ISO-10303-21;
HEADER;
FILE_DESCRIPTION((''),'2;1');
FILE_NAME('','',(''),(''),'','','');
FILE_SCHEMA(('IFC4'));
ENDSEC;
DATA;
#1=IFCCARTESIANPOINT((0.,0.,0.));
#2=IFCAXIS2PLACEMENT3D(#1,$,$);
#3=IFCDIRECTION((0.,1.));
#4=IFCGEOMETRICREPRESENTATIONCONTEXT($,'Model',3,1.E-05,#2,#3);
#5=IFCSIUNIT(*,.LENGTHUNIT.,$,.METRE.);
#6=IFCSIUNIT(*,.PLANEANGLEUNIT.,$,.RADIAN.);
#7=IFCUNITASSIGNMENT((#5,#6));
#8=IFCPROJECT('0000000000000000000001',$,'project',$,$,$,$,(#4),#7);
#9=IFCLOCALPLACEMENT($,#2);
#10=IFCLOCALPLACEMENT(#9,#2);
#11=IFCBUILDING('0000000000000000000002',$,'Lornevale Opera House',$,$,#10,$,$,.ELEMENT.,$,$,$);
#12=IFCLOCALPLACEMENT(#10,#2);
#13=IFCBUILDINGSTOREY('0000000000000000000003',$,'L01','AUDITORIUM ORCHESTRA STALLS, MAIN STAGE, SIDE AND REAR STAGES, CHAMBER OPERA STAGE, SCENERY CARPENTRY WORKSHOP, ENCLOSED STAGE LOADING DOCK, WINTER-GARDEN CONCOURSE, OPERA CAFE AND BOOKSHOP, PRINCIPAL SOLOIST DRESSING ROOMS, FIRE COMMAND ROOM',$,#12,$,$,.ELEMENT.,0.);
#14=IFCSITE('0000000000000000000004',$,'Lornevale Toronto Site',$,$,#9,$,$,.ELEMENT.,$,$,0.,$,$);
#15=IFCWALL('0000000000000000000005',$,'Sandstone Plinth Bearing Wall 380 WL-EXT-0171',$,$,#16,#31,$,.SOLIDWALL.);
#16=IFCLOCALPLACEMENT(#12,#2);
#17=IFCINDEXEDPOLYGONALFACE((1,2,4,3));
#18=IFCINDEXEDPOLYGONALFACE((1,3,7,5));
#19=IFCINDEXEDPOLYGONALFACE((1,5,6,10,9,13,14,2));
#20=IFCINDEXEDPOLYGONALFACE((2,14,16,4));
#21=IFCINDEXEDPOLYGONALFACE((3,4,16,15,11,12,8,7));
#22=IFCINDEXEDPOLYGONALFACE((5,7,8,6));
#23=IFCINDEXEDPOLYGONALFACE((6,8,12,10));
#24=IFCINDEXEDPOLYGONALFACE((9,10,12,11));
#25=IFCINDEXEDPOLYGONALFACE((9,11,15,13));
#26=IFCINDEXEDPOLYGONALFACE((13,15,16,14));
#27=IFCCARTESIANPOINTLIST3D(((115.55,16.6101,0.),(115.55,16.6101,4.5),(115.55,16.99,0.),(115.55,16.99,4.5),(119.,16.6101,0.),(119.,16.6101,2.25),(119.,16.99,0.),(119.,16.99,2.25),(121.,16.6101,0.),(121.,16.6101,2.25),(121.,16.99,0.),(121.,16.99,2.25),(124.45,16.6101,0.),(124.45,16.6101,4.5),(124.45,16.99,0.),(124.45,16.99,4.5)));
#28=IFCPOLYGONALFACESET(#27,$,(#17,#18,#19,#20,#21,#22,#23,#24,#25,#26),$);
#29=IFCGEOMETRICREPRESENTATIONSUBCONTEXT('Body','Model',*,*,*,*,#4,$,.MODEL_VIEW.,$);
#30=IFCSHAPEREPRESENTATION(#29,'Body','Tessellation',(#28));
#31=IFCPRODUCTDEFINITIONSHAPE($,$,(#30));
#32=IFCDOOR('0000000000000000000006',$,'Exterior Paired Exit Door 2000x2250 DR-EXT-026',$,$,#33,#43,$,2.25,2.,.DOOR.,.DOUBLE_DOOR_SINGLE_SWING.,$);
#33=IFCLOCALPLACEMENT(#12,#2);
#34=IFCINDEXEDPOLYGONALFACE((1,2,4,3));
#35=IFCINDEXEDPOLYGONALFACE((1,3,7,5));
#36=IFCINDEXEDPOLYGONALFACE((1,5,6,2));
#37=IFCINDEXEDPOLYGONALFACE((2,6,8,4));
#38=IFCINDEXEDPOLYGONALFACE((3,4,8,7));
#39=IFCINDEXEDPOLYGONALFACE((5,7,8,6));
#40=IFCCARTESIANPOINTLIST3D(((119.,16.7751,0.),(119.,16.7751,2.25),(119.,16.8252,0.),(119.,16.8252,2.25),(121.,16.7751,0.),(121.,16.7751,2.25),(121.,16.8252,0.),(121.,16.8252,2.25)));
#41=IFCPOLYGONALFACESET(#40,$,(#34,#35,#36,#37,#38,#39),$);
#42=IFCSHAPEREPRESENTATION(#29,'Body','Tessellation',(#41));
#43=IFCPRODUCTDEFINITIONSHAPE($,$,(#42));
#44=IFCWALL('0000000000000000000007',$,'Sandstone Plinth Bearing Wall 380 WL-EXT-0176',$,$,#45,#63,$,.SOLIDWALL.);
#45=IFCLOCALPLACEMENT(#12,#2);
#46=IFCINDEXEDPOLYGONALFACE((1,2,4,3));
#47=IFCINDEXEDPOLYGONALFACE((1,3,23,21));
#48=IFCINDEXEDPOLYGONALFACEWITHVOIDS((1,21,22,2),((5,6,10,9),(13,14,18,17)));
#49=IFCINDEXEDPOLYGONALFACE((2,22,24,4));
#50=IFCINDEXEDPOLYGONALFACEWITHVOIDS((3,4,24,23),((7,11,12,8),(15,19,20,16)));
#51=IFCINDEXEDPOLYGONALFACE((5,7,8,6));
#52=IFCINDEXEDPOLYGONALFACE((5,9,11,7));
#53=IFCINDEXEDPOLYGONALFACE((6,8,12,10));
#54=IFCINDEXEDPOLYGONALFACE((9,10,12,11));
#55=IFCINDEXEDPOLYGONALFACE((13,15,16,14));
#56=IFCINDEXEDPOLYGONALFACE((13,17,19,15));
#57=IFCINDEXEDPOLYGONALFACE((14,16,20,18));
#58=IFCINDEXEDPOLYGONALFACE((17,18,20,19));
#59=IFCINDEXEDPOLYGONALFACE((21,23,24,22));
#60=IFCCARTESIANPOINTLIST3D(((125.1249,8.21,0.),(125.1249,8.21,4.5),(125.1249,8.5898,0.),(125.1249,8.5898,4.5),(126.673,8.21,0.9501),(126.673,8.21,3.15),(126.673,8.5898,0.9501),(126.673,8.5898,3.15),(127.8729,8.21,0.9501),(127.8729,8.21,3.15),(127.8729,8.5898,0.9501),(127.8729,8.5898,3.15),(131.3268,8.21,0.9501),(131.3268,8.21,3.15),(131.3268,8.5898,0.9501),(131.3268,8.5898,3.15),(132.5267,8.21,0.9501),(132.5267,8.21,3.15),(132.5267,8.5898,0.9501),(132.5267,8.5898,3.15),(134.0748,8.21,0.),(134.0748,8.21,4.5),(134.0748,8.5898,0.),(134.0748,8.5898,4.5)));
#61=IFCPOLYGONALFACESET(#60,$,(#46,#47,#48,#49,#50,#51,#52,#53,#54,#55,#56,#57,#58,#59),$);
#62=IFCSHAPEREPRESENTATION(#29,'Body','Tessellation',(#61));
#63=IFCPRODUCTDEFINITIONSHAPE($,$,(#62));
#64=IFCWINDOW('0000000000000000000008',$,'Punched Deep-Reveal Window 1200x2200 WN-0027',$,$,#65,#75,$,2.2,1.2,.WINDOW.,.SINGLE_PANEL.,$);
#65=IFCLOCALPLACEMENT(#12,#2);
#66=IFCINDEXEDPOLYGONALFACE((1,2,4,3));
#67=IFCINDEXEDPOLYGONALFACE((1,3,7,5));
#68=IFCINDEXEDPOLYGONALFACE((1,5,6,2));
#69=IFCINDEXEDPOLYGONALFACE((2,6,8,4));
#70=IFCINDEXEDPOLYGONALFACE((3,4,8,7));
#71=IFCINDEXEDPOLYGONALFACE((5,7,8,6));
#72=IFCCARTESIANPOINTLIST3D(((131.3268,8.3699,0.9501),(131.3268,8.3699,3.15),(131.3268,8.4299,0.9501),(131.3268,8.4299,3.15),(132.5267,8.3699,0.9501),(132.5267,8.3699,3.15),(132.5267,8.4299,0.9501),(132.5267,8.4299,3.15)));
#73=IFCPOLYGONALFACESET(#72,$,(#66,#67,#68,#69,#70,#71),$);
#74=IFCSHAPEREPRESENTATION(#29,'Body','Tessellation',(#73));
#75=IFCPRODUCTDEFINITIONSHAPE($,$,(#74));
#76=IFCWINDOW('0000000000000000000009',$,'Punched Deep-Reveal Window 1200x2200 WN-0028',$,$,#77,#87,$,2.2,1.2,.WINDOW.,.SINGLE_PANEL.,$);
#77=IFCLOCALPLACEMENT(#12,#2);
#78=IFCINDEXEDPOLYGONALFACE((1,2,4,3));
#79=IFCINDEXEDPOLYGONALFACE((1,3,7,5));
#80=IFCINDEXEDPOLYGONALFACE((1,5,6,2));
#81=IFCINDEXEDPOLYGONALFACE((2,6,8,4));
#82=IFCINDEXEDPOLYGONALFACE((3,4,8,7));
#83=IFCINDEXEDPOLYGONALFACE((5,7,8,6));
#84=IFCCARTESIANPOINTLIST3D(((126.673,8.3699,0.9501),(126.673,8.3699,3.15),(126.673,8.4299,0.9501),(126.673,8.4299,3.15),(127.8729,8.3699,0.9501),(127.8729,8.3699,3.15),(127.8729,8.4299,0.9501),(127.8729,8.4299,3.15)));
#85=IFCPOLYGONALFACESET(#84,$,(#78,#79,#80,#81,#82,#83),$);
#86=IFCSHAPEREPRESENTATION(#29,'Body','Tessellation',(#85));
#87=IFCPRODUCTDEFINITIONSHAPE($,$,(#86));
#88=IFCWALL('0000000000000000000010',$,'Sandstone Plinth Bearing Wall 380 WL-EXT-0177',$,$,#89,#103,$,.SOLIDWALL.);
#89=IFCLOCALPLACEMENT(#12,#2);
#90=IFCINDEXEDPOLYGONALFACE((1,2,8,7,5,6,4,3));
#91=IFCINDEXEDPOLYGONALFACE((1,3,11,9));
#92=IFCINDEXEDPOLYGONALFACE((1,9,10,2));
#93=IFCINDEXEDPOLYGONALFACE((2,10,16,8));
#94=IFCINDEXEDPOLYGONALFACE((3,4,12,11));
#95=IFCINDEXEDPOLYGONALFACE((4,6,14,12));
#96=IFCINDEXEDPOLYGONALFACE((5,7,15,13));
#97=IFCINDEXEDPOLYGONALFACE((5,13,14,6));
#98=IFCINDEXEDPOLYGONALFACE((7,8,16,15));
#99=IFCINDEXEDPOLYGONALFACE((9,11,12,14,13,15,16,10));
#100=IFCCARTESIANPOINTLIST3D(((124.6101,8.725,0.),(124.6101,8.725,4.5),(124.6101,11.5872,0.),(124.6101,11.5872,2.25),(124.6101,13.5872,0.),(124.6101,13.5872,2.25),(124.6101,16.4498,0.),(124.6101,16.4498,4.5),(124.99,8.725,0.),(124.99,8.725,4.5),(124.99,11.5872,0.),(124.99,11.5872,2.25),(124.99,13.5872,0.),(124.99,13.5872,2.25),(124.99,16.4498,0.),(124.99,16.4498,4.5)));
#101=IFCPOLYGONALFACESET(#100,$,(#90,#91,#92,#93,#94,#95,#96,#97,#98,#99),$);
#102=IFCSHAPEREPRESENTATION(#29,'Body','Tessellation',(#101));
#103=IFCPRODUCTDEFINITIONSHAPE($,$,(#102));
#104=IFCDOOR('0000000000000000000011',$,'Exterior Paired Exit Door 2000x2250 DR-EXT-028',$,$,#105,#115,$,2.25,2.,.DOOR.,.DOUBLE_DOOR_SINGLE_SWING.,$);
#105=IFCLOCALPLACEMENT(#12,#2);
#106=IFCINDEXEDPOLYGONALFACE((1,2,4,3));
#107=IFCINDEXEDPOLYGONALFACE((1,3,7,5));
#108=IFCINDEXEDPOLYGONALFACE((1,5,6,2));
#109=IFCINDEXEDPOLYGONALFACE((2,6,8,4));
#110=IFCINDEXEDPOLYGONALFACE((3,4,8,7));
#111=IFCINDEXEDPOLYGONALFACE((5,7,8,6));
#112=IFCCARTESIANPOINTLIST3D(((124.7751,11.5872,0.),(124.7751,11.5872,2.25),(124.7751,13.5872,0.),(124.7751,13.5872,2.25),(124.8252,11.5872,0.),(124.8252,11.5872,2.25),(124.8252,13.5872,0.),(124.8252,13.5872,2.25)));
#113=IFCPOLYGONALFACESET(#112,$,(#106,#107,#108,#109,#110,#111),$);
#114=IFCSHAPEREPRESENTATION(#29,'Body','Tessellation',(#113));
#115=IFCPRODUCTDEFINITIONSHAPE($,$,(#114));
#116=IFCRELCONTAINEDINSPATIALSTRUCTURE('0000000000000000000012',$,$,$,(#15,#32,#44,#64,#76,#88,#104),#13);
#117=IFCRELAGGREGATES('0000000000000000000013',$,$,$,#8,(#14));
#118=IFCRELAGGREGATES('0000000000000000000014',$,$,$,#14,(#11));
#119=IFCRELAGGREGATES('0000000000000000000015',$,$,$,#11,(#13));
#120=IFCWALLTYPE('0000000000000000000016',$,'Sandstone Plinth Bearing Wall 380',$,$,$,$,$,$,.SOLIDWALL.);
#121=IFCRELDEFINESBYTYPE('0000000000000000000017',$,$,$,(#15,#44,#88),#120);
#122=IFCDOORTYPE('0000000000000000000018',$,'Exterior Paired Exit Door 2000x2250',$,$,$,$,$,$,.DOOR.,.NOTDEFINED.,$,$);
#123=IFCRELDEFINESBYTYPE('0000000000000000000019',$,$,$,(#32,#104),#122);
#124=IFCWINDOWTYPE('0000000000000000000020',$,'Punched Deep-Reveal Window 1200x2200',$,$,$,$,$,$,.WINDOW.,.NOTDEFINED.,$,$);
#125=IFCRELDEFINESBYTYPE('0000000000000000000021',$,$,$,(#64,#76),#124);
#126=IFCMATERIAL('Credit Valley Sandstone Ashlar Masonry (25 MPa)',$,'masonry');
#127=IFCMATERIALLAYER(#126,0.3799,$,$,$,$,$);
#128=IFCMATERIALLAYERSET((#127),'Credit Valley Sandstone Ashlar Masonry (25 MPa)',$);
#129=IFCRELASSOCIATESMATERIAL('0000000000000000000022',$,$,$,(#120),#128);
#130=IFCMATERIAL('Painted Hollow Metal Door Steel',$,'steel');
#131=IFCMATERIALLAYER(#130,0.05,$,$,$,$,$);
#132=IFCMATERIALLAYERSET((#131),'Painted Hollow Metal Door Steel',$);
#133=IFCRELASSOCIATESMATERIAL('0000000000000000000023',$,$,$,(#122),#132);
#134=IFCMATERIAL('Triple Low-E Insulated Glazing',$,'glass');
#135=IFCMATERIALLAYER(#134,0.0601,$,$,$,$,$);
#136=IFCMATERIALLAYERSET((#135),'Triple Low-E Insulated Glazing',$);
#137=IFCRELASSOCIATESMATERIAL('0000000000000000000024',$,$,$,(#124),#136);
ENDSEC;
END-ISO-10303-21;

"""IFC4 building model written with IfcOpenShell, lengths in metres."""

from ifc_helpers import new_model, si_unit, direction, frame, frame_2d, origin, place, context, subcontext, project, spatial, rectangle, extrude, material, layer, layer_set, type_object, element, fill, save


model = new_model("IFC4")

# Units and contexts
model_context = context("Model", 3, precision=1e-05, world=origin(), true_north=direction((0.0, 1.0)))
body_context = subcontext(model_context, "Body", "Model", "MODEL_VIEW")
ifc_project = project(units=[si_unit("LENGTHUNIT", "METRE"), si_unit("PLANEANGLEUNIT", "RADIAN")], contexts=[model_context])

# Site, building, storey
site_placement = place(None, origin())
site = spatial("IfcSite", under=ifc_project, at=site_placement, Name="Lornevale Toronto Site", CompositionType="ELEMENT", RefElevation=0.0)
building_placement = place(site_placement, origin())
building = spatial("IfcBuilding", under=site, at=building_placement, Name="Lornevale Opera House", CompositionType="ELEMENT")
storey_placement = place(building_placement, origin())
storey = spatial("IfcBuildingStorey", under=building, at=storey_placement, Name="L01", Description="AUDITORIUM ORCHESTRA STALLS, MAIN STAGE, SIDE AND REAR STAGES, CHAMBER OPERA STAGE, SCENERY CARPENTRY WORKSHOP, ENCLOSED STAGE LOADING DOCK, WINTER-GARDEN CONCOURSE, OPERA CAFE AND BOOKSHOP, PRINCIPAL SOLOIST DRESSING ROOMS, FIRE COMMAND ROOM", CompositionType="ELEMENT", Elevation=0.0)

# Shared definitions
ifc_material_1 = material(Name="Triple Low-E Insulated Glazing", Category="glass")

# Wall, opening, door
ifc_material_2 = material(Name="Credit Valley Sandstone Ashlar Masonry (25 MPa)", Category="masonry")
ifc_layer_1 = layer(ifc_material_2, 0.3799)
ifc_layer_set_1 = layer_set([ifc_layer_1], Name="Credit Valley Sandstone Ashlar Masonry (25 MPa)")
wall_type = type_object("IfcWallType", Name="Sandstone Plinth Bearing Wall 380", PredefinedType="SOLIDWALL", material=ifc_layer_set_1)
wall_1_placement = place(storey_placement, frame((124.45, 16.8, 0.0), z_axis=(0.0, 0.0, 1.0), x_axis=(-1.0, 0.0, 0.0)))
wall_1 = element("IfcWall", 1, at=wall_1_placement, inside=storey, type_object=wall_type, Name="Sandstone Plinth Bearing Wall 380 WL-EXT-0171", PredefinedType="SOLIDWALL", context=body_context, shape_type="SweptSolid", body=[
    extrude(rectangle(XDim=8.8999, YDim=0.3799, at=frame_2d((4.45, 0.0))), origin(), (0.0, 0.0, 1.0), 4.5),
])
opening_1_placement = place(wall_1_placement, frame((3.45, 0.0, 0.0)))
opening_1 = element("IfcOpeningElement", 2, at=opening_1_placement, cuts=wall_1, PredefinedType="OPENING", context=body_context, shape_type="SweptSolid", body=[
    extrude(rectangle(XDim=2.0, YDim=2.25, at=frame_2d((1.0, 1.125))), frame((0.0, 0.2, 0.0), z_axis=(0.0, -1.0, 0.0), x_axis=(1.0, 0.0, 0.0)), (0.0, 0.0, 1.0), 0.3999),
])
ifc_material_3 = material(Name="Painted Hollow Metal Door Steel", Category="steel")
ifc_layer_2 = layer(ifc_material_3, 0.05)
ifc_layer_set_2 = layer_set([ifc_layer_2], Name="Painted Hollow Metal Door Steel")
door_type = type_object("IfcDoorType", Name="Exterior Paired Exit Door 2000x2250", OperationType="NOTDEFINED", PredefinedType="DOOR", material=ifc_layer_set_2)
door_1_placement = place(opening_1_placement, origin())
door_1 = element("IfcDoor", 3, at=door_1_placement, inside=storey, type_object=door_type, Name="Exterior Paired Exit Door 2000x2250 DR-EXT-026", OperationType="DOUBLE_DOOR_SINGLE_SWING", OverallHeight=2.25, OverallWidth=2.0, PredefinedType="DOOR", context=body_context, shape_type="SweptSolid", body=[
    extrude(rectangle(XDim=2.0, YDim=2.25, at=frame_2d((1.0, 1.125))), frame((0.0, 0.0249, 0.0), z_axis=(0.0, -1.0, 0.0), x_axis=(1.0, 0.0, 0.0)), (0.0, 0.0, 1.0), 0.05),
])
fill(opening_1, door_1)

# Wall, openings, windows
wall_2_placement = place(storey_placement, frame((134.075, 8.3999, 0.0), z_axis=(0.0, 0.0, 1.0), x_axis=(-1.0, 0.0, 0.0)))
wall_2 = element("IfcWall", 4, at=wall_2_placement, inside=storey, type_object=wall_type, Name="Sandstone Plinth Bearing Wall 380 WL-EXT-0176", PredefinedType="SOLIDWALL", context=body_context, shape_type="SweptSolid", body=[
    extrude(rectangle(XDim=8.95, YDim=0.3799, at=frame_2d((4.4751, 0.0))), origin(), (0.0, 0.0, 1.0), 4.5),
])
opening_2_placement = place(wall_2_placement, frame((1.5481, 0.0, 0.95)))
opening_2 = element("IfcOpeningElement", 5, at=opening_2_placement, cuts=wall_2, PredefinedType="OPENING", context=body_context, shape_type="SweptSolid", body=[
    extrude(rectangle(XDim=1.2, YDim=2.2, at=frame_2d((0.6001, 1.1001))), frame((0.0, 0.2, 0.0), z_axis=(0.0, -1.0, 0.0), x_axis=(1.0, 0.0, 0.0)), (0.0, 0.0, 1.0), 0.3999),
])
opening_3_placement = place(wall_2_placement, frame((6.2019, 0.0, 0.95)))
opening_3 = element("IfcOpeningElement", 6, at=opening_3_placement, cuts=wall_2, PredefinedType="OPENING", context=body_context, shape_type="SweptSolid", body=[
    extrude(rectangle(XDim=1.2, YDim=2.2, at=frame_2d((0.6001, 1.1001))), frame((0.0, 0.2, 0.0), z_axis=(0.0, -1.0, 0.0), x_axis=(1.0, 0.0, 0.0)), (0.0, 0.0, 1.0), 0.3999),
])
ifc_layer_3 = layer(ifc_material_1, 0.0601)
ifc_layer_set_3 = layer_set([ifc_layer_3], Name="Triple Low-E Insulated Glazing")
window_type = type_object("IfcWindowType", Name="Punched Deep-Reveal Window 1200x2200", PartitioningType="NOTDEFINED", PredefinedType="WINDOW", material=ifc_layer_set_3)
window_1_placement = place(opening_2_placement, origin())
window_1 = element("IfcWindow", 7, at=window_1_placement, inside=storey, type_object=window_type, Name="Punched Deep-Reveal Window 1200x2200 WN-0027", OverallHeight=2.2, OverallWidth=1.2, PartitioningType="SINGLE_PANEL", PredefinedType="WINDOW", context=body_context, shape_type="SweptSolid", body=[
    extrude(rectangle(XDim=1.2, YDim=2.2, at=frame_2d((0.6001, 1.1001))), frame((0.0, 0.03, 0.0), z_axis=(0.0, -1.0, 0.0), x_axis=(1.0, 0.0, 0.0)), (0.0, 0.0, 1.0), 0.0601),
])
fill(opening_2, window_1)
window_2_placement = place(opening_3_placement, origin())
window_2 = element("IfcWindow", 8, at=window_2_placement, inside=storey, type_object=window_type, Name="Punched Deep-Reveal Window 1200x2200 WN-0028", OverallHeight=2.2, OverallWidth=1.2, PartitioningType="SINGLE_PANEL", PredefinedType="WINDOW", context=body_context, shape_type="SweptSolid", body=[
    extrude(rectangle(XDim=1.2, YDim=2.2, at=frame_2d((0.6001, 1.1001))), frame((0.0, 0.03, 0.0), z_axis=(0.0, -1.0, 0.0), x_axis=(1.0, 0.0, 0.0)), (0.0, 0.0, 1.0), 0.0601),
])
fill(opening_3, window_2)

# Wall, opening, door
wall_3_placement = place(storey_placement, frame((124.8, 8.7251, 0.0), z_axis=(0.0, 0.0, 1.0), x_axis=(0.0, 1.0, 0.0)))
wall_3 = element("IfcWall", 9, at=wall_3_placement, inside=storey, type_object=wall_type, Name="Sandstone Plinth Bearing Wall 380 WL-EXT-0177", PredefinedType="SOLIDWALL", context=body_context, shape_type="SweptSolid", body=[
    extrude(rectangle(XDim=7.7249, YDim=0.3799, at=frame_2d((3.8623, 0.0))), origin(), (0.0, 0.0, 1.0), 4.5),
])
opening_4_placement = place(wall_3_placement, frame((2.8621, 0.0, 0.0)))
opening_4 = element("IfcOpeningElement", 10, at=opening_4_placement, cuts=wall_3, PredefinedType="OPENING", context=body_context, shape_type="SweptSolid", body=[
    extrude(rectangle(XDim=2.0, YDim=2.25, at=frame_2d((1.0, 1.125))), frame((0.0, 0.2, 0.0), z_axis=(0.0, -1.0, 0.0), x_axis=(1.0, 0.0, 0.0)), (0.0, 0.0, 1.0), 0.3999),
])
door_2_placement = place(opening_4_placement, origin())
door_2 = element("IfcDoor", 11, at=door_2_placement, inside=storey, type_object=door_type, Name="Exterior Paired Exit Door 2000x2250 DR-EXT-028", OperationType="DOUBLE_DOOR_SINGLE_SWING", OverallHeight=2.25, OverallWidth=2.0, PredefinedType="DOOR", context=body_context, shape_type="SweptSolid", body=[
    extrude(rectangle(XDim=2.0, YDim=2.25, at=frame_2d((1.0, 1.125))), frame((0.0, 0.0249, 0.0), z_axis=(0.0, -1.0, 0.0), x_axis=(1.0, 0.0, 0.0)), (0.0, 0.0, 1.0), 0.05),
])
fill(opening_4, door_2)

save(model, "model.ifc")
